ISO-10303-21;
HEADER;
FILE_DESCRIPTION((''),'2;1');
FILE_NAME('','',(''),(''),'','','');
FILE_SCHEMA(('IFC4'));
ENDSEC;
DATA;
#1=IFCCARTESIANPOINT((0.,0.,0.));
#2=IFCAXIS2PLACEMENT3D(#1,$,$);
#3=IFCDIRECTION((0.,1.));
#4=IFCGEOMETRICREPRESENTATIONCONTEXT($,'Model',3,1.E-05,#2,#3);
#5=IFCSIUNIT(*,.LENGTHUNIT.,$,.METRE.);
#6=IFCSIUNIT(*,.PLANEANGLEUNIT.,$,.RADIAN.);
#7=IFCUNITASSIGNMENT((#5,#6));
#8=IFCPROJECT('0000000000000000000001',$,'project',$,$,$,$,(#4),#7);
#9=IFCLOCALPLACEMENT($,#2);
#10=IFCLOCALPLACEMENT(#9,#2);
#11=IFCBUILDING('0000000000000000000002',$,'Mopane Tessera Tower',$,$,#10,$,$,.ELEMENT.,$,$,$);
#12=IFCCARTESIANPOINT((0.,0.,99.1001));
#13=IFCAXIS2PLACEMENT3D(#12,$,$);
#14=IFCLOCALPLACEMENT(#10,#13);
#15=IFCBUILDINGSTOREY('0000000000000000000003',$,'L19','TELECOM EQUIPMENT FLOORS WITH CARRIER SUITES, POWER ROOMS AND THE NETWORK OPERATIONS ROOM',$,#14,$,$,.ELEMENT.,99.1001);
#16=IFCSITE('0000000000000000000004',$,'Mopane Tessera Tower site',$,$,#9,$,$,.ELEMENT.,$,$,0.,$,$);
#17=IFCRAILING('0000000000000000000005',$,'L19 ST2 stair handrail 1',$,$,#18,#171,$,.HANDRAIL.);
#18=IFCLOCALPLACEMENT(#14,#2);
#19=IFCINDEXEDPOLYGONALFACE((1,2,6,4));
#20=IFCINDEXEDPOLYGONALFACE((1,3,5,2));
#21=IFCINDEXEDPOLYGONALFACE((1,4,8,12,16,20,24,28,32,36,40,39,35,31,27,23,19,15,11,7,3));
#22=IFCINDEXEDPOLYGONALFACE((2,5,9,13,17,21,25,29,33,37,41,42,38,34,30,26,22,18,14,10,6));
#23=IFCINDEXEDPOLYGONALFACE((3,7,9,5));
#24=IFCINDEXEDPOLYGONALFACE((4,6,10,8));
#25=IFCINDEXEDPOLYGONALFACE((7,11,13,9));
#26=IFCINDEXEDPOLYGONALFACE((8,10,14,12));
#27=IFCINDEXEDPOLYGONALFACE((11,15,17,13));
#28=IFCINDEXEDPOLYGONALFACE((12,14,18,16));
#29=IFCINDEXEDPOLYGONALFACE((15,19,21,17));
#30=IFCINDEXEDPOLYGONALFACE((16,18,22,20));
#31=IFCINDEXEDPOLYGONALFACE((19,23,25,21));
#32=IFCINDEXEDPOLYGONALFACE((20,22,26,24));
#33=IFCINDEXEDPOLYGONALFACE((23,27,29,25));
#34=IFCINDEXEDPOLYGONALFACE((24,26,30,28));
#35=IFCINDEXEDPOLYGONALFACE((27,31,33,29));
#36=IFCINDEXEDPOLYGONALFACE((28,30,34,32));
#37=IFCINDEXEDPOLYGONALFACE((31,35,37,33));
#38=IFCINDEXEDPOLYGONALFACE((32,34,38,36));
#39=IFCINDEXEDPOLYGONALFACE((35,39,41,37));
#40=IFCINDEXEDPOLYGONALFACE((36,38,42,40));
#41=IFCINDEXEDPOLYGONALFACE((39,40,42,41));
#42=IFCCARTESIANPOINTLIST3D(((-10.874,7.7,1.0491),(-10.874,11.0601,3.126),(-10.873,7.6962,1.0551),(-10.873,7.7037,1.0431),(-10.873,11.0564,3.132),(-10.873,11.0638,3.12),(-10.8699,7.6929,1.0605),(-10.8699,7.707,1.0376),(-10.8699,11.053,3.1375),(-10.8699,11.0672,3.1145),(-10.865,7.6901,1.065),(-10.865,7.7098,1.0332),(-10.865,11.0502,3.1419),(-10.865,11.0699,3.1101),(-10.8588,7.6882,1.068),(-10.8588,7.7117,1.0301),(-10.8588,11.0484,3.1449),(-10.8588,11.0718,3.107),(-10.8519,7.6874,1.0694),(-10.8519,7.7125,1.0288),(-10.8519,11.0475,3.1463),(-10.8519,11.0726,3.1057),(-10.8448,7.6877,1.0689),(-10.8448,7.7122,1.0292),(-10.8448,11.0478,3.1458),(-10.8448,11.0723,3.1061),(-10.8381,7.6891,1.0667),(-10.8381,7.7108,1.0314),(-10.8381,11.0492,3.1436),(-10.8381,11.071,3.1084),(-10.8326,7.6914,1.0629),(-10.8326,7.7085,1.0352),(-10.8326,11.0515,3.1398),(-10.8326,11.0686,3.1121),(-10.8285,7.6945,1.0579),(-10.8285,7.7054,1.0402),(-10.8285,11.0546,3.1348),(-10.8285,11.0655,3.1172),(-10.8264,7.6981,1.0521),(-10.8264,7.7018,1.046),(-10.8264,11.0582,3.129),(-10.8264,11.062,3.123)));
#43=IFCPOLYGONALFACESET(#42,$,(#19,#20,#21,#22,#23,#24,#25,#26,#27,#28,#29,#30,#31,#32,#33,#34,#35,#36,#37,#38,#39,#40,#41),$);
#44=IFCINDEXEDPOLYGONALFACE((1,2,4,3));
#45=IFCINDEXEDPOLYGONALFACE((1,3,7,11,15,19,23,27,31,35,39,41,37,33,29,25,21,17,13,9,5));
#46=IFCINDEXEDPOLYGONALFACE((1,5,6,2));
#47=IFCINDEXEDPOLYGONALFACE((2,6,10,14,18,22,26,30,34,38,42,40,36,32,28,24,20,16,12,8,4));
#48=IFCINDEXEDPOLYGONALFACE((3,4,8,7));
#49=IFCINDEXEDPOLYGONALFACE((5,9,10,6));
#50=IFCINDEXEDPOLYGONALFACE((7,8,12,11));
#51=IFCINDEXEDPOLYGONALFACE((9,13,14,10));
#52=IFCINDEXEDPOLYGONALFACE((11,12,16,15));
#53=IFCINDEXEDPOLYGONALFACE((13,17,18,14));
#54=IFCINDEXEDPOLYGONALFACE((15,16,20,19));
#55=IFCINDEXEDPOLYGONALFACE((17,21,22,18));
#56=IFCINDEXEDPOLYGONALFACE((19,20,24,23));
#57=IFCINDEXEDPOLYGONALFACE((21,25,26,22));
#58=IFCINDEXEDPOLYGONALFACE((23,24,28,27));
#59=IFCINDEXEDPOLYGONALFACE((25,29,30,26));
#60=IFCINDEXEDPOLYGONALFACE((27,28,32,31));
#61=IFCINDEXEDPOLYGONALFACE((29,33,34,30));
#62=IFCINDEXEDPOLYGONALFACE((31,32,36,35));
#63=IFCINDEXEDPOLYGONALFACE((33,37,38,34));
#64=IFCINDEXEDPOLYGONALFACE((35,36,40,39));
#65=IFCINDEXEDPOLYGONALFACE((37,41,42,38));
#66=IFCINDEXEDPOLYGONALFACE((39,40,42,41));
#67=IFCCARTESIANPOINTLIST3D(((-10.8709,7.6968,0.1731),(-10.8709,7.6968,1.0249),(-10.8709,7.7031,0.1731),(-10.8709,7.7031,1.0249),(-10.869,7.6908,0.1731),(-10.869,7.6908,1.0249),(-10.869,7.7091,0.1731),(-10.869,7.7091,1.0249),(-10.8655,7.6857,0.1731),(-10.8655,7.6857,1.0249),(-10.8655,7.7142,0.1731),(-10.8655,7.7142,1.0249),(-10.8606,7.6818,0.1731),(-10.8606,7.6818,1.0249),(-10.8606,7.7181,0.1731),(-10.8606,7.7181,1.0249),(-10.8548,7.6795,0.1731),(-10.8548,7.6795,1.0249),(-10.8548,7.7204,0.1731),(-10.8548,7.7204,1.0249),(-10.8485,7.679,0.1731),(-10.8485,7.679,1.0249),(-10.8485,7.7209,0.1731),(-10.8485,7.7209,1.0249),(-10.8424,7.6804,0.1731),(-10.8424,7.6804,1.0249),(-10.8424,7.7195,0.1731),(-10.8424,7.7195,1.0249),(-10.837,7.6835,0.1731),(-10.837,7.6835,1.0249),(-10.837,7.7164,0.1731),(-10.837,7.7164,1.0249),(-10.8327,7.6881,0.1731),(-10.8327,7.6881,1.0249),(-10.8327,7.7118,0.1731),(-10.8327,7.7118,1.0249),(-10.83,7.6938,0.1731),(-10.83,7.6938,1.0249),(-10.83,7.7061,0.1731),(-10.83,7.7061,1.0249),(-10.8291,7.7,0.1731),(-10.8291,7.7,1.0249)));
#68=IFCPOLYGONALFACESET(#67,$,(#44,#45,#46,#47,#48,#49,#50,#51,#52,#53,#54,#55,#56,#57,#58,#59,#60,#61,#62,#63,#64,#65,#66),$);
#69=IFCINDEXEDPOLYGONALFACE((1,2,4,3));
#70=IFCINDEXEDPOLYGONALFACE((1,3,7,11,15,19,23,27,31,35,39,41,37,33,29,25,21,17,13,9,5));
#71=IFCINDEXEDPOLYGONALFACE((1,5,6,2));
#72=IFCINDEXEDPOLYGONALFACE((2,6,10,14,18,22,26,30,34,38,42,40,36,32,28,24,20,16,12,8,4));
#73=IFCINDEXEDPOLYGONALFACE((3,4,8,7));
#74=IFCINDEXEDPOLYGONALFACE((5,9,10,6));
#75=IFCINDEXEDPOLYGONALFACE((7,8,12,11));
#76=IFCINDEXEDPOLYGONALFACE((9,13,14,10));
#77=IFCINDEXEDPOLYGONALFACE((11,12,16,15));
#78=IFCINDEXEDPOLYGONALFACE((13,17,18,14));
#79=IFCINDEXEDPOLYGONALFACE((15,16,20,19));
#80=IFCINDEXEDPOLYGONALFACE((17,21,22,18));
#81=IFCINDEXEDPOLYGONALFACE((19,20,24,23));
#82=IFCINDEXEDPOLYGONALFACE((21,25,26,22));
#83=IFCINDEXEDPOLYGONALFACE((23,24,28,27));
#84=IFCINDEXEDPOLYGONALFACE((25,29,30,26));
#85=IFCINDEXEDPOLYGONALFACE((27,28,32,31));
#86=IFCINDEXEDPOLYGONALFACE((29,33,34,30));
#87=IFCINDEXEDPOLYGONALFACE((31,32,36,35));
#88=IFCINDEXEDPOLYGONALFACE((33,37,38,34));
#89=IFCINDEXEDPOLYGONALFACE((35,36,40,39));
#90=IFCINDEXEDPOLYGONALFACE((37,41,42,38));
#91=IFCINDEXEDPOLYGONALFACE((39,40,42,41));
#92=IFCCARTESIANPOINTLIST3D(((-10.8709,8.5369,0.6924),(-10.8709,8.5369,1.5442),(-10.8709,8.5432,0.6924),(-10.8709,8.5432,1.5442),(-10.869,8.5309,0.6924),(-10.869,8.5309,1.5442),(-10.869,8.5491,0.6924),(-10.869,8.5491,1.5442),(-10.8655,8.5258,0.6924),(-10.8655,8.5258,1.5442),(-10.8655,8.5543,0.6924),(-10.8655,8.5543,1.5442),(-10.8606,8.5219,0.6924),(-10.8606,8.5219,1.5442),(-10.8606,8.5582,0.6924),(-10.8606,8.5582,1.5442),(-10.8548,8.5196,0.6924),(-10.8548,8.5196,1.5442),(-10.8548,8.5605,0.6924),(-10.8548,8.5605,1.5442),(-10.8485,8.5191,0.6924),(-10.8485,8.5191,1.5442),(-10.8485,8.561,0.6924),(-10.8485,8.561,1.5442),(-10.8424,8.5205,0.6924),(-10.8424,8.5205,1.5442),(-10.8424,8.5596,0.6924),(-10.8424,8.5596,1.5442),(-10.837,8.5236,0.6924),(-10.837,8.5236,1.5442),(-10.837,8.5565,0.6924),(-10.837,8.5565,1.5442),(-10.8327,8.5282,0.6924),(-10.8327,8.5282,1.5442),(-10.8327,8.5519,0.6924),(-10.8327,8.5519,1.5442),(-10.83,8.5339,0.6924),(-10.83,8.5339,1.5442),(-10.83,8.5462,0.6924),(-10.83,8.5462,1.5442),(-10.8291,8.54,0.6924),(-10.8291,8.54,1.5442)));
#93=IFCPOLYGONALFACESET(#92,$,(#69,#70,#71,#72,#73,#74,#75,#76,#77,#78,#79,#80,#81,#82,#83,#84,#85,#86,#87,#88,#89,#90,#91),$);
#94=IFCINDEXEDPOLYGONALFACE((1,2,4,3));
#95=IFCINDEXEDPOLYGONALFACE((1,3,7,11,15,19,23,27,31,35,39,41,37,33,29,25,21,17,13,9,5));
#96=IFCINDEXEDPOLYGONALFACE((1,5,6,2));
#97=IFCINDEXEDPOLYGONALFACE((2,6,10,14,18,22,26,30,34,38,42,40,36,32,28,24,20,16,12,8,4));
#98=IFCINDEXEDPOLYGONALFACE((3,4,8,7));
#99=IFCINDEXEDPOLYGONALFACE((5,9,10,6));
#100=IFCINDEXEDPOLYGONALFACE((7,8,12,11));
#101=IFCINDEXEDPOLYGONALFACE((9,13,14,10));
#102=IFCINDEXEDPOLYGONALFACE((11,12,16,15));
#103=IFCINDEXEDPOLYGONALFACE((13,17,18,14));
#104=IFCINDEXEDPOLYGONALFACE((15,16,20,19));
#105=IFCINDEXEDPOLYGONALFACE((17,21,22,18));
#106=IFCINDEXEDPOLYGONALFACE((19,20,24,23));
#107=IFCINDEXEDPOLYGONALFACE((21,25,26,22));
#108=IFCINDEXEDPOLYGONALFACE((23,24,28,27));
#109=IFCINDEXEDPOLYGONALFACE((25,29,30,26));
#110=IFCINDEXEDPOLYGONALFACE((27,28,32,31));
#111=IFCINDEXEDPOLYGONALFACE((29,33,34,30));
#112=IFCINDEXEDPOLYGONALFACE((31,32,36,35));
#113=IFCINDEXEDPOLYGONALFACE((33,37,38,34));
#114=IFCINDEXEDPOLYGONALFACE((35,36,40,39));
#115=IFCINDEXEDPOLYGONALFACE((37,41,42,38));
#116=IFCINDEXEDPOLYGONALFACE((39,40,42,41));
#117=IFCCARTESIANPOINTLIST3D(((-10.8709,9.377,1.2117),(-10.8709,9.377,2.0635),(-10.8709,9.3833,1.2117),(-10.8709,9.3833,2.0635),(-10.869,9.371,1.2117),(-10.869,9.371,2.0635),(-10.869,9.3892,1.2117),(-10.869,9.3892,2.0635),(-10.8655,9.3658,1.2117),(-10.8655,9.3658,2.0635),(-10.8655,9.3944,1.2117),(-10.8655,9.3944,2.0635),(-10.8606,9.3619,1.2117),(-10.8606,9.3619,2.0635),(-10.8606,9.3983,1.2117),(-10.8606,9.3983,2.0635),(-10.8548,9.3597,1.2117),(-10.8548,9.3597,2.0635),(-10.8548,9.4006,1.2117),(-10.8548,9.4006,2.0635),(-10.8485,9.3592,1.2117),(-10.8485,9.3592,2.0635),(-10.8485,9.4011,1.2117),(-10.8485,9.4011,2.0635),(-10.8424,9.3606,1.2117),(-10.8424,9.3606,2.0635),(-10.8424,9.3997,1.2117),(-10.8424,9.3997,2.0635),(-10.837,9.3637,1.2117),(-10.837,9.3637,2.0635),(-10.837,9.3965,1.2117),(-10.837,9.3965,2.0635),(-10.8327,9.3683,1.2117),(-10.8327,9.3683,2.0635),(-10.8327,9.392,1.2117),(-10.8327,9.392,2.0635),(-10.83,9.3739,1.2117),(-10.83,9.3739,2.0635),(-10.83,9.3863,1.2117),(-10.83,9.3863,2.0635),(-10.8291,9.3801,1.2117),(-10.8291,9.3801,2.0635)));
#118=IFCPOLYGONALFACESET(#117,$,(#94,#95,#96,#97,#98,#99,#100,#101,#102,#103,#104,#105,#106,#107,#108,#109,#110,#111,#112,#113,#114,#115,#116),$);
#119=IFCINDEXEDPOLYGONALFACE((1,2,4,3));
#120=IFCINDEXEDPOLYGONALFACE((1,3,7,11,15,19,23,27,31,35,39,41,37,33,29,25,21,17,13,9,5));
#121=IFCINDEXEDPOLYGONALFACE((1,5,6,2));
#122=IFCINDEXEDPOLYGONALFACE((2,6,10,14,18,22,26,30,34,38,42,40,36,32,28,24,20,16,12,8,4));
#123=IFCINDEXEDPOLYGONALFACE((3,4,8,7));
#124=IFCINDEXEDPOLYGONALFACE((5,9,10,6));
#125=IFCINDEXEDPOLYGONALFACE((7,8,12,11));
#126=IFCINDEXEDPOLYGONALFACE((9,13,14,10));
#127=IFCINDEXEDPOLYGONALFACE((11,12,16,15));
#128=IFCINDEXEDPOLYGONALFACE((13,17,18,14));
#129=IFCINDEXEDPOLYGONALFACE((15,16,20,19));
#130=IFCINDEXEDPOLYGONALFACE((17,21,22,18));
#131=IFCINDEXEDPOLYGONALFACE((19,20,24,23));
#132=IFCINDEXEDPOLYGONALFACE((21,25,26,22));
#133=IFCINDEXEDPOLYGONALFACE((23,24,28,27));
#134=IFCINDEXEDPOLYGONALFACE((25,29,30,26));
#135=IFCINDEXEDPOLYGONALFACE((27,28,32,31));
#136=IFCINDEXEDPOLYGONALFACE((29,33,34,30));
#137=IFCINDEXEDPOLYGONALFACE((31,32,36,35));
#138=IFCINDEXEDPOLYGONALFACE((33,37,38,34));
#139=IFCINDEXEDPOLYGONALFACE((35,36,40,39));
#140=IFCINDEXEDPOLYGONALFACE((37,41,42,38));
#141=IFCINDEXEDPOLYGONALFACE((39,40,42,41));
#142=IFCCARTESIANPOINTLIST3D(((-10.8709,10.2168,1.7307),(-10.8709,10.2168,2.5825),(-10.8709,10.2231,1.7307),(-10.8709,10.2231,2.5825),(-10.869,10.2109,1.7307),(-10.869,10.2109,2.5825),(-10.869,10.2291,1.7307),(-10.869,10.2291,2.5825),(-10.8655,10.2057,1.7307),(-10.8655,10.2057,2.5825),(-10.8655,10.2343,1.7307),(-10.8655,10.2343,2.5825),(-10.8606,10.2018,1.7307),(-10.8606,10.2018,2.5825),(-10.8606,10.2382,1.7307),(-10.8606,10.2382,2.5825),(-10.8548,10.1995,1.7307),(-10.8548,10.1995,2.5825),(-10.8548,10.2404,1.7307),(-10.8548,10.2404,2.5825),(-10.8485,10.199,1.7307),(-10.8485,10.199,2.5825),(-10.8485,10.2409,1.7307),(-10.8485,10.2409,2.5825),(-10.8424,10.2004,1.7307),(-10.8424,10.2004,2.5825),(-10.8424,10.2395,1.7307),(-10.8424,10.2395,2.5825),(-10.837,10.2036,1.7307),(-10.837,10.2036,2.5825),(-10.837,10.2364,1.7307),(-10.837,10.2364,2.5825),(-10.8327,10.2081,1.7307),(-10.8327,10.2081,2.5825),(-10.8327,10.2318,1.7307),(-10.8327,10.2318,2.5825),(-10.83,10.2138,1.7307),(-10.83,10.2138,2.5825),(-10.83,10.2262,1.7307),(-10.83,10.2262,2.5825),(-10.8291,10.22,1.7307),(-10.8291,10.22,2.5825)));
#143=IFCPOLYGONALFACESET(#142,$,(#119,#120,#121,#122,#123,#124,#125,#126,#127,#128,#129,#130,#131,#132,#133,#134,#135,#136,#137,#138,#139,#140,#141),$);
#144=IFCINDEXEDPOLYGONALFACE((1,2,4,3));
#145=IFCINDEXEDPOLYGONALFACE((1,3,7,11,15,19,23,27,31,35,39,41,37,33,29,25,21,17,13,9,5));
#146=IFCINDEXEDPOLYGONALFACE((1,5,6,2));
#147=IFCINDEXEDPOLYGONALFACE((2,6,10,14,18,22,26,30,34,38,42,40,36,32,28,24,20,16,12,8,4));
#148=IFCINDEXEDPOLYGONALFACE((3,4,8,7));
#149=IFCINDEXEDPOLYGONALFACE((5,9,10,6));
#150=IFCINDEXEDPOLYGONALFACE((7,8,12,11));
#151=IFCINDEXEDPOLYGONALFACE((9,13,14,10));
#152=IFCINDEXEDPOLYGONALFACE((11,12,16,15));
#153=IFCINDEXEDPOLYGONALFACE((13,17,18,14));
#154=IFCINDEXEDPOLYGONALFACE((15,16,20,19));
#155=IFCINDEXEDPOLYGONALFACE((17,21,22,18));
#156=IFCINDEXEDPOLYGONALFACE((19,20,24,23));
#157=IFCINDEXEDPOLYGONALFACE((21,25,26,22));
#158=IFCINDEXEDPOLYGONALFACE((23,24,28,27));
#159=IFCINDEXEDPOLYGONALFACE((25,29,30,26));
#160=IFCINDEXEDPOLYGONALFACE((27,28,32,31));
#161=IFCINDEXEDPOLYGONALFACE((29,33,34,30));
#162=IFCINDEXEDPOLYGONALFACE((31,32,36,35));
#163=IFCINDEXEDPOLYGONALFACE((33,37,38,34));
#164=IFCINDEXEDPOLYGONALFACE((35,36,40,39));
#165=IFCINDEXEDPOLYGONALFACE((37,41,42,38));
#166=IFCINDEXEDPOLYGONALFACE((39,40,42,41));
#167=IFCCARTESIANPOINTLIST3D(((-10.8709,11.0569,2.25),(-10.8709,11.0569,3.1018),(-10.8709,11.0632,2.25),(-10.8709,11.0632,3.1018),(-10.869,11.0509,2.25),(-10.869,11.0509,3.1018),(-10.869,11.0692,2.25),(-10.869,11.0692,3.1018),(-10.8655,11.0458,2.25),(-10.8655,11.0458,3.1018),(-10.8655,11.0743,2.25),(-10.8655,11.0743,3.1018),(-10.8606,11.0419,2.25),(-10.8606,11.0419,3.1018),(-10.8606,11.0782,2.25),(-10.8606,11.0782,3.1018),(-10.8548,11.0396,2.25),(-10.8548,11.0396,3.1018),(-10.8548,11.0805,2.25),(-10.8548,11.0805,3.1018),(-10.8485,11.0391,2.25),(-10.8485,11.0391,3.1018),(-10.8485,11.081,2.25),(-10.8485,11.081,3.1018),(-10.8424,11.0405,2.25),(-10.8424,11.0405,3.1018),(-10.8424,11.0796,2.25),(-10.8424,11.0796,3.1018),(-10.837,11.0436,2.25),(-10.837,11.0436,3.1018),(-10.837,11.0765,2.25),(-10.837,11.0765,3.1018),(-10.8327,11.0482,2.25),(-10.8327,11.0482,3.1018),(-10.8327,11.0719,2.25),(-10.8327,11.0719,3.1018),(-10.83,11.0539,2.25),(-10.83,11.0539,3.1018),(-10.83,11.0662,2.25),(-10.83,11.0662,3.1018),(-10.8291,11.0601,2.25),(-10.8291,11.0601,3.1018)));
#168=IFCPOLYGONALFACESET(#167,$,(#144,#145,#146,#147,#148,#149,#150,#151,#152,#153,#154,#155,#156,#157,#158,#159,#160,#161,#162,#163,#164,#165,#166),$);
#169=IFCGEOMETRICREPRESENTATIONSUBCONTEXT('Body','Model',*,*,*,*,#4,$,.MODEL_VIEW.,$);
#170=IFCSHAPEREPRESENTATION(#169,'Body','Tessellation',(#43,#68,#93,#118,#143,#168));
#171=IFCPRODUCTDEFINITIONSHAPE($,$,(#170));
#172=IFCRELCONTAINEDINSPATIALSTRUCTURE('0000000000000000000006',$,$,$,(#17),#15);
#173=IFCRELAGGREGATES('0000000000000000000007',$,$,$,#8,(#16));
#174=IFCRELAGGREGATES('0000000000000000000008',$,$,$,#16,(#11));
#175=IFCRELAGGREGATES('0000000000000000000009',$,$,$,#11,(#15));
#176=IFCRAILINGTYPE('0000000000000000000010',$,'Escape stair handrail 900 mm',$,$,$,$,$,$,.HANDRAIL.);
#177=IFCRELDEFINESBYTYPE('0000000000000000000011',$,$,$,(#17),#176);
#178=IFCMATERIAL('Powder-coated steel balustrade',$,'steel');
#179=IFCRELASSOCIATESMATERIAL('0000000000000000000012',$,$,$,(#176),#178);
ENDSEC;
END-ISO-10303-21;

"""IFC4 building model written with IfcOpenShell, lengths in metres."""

from ifc_helpers import new_model, si_unit, direction, frame, origin, origin_2d, place, context, subcontext, project, spatial, circle, extrude, material, type_object, element, save


model = new_model("IFC4")

# Units and contexts
model_context = context("Model", 3, precision=1e-05, world=origin(), true_north=direction((0.0, 1.0)))
body_context = subcontext(model_context, "Body", "Model", "MODEL_VIEW")
ifc_project = project(units=[si_unit("LENGTHUNIT", "METRE"), si_unit("PLANEANGLEUNIT", "RADIAN")], contexts=[model_context])

# Site, building, storey
site_placement = place(None, origin())
site = spatial("IfcSite", under=ifc_project, at=site_placement, Name="Mopane Tessera Tower site", CompositionType="ELEMENT", RefElevation=0.0)
building_placement = place(site_placement, origin())
building = spatial("IfcBuilding", under=site, at=building_placement, Name="Mopane Tessera Tower", CompositionType="ELEMENT")
storey_placement = place(building_placement, frame((0.0, 0.0, 99.1001)))
storey = spatial("IfcBuildingStorey", under=building, at=storey_placement, Name="L19", Description="TELECOM EQUIPMENT FLOORS WITH CARRIER SUITES, POWER ROOMS AND THE NETWORK OPERATIONS ROOM", CompositionType="ELEMENT", Elevation=99.1001)

# Railing
ifc_material_1 = material(Name="Powder-coated steel balustrade", Category="steel")
railing_type_1 = type_object("IfcRailingType", Name="Escape stair handrail 900 mm", PredefinedType="HANDRAIL", material=ifc_material_1)
railing_1_placement = place(storey_placement, frame((-10.8501, 7.7, 0.1731)))
element("IfcRailing", 1, at=railing_1_placement, inside=storey, type_object=railing_type_1, Name="L19 ST2 stair handrail 1", PredefinedType="HANDRAIL", context=body_context, shape_type="SweptSolid", body=[
    extrude(circle(Radius=0.0239, at=origin_2d()), frame((0.0, 0.0, 0.876), z_axis=(0.0, 0.850623, 0.525776), x_axis=(-1.0, 0.0, 0.0)), (0.0, 0.0, 1.0), 3.9502),
    extrude(circle(Radius=0.021, at=origin_2d()), origin(), (0.0, 0.0, 1.0), 0.8518),
    extrude(circle(Radius=0.021, at=origin_2d()), frame((0.0, 0.8401, 0.5193)), (0.0, 0.0, 1.0), 0.8518),
    extrude(circle(Radius=0.021, at=origin_2d()), frame((0.0, 1.6802, 1.0386)), (0.0, 0.0, 1.0), 0.8518),
    extrude(circle(Radius=0.021, at=origin_2d()), frame((0.0, 2.52, 1.5576)), (0.0, 0.0, 1.0), 0.8518),
    extrude(circle(Radius=0.021, at=origin_2d()), frame((0.0, 3.3601, 2.0769)), (0.0, 0.0, 1.0), 0.8518),
])

save(model, "model.ifc")
